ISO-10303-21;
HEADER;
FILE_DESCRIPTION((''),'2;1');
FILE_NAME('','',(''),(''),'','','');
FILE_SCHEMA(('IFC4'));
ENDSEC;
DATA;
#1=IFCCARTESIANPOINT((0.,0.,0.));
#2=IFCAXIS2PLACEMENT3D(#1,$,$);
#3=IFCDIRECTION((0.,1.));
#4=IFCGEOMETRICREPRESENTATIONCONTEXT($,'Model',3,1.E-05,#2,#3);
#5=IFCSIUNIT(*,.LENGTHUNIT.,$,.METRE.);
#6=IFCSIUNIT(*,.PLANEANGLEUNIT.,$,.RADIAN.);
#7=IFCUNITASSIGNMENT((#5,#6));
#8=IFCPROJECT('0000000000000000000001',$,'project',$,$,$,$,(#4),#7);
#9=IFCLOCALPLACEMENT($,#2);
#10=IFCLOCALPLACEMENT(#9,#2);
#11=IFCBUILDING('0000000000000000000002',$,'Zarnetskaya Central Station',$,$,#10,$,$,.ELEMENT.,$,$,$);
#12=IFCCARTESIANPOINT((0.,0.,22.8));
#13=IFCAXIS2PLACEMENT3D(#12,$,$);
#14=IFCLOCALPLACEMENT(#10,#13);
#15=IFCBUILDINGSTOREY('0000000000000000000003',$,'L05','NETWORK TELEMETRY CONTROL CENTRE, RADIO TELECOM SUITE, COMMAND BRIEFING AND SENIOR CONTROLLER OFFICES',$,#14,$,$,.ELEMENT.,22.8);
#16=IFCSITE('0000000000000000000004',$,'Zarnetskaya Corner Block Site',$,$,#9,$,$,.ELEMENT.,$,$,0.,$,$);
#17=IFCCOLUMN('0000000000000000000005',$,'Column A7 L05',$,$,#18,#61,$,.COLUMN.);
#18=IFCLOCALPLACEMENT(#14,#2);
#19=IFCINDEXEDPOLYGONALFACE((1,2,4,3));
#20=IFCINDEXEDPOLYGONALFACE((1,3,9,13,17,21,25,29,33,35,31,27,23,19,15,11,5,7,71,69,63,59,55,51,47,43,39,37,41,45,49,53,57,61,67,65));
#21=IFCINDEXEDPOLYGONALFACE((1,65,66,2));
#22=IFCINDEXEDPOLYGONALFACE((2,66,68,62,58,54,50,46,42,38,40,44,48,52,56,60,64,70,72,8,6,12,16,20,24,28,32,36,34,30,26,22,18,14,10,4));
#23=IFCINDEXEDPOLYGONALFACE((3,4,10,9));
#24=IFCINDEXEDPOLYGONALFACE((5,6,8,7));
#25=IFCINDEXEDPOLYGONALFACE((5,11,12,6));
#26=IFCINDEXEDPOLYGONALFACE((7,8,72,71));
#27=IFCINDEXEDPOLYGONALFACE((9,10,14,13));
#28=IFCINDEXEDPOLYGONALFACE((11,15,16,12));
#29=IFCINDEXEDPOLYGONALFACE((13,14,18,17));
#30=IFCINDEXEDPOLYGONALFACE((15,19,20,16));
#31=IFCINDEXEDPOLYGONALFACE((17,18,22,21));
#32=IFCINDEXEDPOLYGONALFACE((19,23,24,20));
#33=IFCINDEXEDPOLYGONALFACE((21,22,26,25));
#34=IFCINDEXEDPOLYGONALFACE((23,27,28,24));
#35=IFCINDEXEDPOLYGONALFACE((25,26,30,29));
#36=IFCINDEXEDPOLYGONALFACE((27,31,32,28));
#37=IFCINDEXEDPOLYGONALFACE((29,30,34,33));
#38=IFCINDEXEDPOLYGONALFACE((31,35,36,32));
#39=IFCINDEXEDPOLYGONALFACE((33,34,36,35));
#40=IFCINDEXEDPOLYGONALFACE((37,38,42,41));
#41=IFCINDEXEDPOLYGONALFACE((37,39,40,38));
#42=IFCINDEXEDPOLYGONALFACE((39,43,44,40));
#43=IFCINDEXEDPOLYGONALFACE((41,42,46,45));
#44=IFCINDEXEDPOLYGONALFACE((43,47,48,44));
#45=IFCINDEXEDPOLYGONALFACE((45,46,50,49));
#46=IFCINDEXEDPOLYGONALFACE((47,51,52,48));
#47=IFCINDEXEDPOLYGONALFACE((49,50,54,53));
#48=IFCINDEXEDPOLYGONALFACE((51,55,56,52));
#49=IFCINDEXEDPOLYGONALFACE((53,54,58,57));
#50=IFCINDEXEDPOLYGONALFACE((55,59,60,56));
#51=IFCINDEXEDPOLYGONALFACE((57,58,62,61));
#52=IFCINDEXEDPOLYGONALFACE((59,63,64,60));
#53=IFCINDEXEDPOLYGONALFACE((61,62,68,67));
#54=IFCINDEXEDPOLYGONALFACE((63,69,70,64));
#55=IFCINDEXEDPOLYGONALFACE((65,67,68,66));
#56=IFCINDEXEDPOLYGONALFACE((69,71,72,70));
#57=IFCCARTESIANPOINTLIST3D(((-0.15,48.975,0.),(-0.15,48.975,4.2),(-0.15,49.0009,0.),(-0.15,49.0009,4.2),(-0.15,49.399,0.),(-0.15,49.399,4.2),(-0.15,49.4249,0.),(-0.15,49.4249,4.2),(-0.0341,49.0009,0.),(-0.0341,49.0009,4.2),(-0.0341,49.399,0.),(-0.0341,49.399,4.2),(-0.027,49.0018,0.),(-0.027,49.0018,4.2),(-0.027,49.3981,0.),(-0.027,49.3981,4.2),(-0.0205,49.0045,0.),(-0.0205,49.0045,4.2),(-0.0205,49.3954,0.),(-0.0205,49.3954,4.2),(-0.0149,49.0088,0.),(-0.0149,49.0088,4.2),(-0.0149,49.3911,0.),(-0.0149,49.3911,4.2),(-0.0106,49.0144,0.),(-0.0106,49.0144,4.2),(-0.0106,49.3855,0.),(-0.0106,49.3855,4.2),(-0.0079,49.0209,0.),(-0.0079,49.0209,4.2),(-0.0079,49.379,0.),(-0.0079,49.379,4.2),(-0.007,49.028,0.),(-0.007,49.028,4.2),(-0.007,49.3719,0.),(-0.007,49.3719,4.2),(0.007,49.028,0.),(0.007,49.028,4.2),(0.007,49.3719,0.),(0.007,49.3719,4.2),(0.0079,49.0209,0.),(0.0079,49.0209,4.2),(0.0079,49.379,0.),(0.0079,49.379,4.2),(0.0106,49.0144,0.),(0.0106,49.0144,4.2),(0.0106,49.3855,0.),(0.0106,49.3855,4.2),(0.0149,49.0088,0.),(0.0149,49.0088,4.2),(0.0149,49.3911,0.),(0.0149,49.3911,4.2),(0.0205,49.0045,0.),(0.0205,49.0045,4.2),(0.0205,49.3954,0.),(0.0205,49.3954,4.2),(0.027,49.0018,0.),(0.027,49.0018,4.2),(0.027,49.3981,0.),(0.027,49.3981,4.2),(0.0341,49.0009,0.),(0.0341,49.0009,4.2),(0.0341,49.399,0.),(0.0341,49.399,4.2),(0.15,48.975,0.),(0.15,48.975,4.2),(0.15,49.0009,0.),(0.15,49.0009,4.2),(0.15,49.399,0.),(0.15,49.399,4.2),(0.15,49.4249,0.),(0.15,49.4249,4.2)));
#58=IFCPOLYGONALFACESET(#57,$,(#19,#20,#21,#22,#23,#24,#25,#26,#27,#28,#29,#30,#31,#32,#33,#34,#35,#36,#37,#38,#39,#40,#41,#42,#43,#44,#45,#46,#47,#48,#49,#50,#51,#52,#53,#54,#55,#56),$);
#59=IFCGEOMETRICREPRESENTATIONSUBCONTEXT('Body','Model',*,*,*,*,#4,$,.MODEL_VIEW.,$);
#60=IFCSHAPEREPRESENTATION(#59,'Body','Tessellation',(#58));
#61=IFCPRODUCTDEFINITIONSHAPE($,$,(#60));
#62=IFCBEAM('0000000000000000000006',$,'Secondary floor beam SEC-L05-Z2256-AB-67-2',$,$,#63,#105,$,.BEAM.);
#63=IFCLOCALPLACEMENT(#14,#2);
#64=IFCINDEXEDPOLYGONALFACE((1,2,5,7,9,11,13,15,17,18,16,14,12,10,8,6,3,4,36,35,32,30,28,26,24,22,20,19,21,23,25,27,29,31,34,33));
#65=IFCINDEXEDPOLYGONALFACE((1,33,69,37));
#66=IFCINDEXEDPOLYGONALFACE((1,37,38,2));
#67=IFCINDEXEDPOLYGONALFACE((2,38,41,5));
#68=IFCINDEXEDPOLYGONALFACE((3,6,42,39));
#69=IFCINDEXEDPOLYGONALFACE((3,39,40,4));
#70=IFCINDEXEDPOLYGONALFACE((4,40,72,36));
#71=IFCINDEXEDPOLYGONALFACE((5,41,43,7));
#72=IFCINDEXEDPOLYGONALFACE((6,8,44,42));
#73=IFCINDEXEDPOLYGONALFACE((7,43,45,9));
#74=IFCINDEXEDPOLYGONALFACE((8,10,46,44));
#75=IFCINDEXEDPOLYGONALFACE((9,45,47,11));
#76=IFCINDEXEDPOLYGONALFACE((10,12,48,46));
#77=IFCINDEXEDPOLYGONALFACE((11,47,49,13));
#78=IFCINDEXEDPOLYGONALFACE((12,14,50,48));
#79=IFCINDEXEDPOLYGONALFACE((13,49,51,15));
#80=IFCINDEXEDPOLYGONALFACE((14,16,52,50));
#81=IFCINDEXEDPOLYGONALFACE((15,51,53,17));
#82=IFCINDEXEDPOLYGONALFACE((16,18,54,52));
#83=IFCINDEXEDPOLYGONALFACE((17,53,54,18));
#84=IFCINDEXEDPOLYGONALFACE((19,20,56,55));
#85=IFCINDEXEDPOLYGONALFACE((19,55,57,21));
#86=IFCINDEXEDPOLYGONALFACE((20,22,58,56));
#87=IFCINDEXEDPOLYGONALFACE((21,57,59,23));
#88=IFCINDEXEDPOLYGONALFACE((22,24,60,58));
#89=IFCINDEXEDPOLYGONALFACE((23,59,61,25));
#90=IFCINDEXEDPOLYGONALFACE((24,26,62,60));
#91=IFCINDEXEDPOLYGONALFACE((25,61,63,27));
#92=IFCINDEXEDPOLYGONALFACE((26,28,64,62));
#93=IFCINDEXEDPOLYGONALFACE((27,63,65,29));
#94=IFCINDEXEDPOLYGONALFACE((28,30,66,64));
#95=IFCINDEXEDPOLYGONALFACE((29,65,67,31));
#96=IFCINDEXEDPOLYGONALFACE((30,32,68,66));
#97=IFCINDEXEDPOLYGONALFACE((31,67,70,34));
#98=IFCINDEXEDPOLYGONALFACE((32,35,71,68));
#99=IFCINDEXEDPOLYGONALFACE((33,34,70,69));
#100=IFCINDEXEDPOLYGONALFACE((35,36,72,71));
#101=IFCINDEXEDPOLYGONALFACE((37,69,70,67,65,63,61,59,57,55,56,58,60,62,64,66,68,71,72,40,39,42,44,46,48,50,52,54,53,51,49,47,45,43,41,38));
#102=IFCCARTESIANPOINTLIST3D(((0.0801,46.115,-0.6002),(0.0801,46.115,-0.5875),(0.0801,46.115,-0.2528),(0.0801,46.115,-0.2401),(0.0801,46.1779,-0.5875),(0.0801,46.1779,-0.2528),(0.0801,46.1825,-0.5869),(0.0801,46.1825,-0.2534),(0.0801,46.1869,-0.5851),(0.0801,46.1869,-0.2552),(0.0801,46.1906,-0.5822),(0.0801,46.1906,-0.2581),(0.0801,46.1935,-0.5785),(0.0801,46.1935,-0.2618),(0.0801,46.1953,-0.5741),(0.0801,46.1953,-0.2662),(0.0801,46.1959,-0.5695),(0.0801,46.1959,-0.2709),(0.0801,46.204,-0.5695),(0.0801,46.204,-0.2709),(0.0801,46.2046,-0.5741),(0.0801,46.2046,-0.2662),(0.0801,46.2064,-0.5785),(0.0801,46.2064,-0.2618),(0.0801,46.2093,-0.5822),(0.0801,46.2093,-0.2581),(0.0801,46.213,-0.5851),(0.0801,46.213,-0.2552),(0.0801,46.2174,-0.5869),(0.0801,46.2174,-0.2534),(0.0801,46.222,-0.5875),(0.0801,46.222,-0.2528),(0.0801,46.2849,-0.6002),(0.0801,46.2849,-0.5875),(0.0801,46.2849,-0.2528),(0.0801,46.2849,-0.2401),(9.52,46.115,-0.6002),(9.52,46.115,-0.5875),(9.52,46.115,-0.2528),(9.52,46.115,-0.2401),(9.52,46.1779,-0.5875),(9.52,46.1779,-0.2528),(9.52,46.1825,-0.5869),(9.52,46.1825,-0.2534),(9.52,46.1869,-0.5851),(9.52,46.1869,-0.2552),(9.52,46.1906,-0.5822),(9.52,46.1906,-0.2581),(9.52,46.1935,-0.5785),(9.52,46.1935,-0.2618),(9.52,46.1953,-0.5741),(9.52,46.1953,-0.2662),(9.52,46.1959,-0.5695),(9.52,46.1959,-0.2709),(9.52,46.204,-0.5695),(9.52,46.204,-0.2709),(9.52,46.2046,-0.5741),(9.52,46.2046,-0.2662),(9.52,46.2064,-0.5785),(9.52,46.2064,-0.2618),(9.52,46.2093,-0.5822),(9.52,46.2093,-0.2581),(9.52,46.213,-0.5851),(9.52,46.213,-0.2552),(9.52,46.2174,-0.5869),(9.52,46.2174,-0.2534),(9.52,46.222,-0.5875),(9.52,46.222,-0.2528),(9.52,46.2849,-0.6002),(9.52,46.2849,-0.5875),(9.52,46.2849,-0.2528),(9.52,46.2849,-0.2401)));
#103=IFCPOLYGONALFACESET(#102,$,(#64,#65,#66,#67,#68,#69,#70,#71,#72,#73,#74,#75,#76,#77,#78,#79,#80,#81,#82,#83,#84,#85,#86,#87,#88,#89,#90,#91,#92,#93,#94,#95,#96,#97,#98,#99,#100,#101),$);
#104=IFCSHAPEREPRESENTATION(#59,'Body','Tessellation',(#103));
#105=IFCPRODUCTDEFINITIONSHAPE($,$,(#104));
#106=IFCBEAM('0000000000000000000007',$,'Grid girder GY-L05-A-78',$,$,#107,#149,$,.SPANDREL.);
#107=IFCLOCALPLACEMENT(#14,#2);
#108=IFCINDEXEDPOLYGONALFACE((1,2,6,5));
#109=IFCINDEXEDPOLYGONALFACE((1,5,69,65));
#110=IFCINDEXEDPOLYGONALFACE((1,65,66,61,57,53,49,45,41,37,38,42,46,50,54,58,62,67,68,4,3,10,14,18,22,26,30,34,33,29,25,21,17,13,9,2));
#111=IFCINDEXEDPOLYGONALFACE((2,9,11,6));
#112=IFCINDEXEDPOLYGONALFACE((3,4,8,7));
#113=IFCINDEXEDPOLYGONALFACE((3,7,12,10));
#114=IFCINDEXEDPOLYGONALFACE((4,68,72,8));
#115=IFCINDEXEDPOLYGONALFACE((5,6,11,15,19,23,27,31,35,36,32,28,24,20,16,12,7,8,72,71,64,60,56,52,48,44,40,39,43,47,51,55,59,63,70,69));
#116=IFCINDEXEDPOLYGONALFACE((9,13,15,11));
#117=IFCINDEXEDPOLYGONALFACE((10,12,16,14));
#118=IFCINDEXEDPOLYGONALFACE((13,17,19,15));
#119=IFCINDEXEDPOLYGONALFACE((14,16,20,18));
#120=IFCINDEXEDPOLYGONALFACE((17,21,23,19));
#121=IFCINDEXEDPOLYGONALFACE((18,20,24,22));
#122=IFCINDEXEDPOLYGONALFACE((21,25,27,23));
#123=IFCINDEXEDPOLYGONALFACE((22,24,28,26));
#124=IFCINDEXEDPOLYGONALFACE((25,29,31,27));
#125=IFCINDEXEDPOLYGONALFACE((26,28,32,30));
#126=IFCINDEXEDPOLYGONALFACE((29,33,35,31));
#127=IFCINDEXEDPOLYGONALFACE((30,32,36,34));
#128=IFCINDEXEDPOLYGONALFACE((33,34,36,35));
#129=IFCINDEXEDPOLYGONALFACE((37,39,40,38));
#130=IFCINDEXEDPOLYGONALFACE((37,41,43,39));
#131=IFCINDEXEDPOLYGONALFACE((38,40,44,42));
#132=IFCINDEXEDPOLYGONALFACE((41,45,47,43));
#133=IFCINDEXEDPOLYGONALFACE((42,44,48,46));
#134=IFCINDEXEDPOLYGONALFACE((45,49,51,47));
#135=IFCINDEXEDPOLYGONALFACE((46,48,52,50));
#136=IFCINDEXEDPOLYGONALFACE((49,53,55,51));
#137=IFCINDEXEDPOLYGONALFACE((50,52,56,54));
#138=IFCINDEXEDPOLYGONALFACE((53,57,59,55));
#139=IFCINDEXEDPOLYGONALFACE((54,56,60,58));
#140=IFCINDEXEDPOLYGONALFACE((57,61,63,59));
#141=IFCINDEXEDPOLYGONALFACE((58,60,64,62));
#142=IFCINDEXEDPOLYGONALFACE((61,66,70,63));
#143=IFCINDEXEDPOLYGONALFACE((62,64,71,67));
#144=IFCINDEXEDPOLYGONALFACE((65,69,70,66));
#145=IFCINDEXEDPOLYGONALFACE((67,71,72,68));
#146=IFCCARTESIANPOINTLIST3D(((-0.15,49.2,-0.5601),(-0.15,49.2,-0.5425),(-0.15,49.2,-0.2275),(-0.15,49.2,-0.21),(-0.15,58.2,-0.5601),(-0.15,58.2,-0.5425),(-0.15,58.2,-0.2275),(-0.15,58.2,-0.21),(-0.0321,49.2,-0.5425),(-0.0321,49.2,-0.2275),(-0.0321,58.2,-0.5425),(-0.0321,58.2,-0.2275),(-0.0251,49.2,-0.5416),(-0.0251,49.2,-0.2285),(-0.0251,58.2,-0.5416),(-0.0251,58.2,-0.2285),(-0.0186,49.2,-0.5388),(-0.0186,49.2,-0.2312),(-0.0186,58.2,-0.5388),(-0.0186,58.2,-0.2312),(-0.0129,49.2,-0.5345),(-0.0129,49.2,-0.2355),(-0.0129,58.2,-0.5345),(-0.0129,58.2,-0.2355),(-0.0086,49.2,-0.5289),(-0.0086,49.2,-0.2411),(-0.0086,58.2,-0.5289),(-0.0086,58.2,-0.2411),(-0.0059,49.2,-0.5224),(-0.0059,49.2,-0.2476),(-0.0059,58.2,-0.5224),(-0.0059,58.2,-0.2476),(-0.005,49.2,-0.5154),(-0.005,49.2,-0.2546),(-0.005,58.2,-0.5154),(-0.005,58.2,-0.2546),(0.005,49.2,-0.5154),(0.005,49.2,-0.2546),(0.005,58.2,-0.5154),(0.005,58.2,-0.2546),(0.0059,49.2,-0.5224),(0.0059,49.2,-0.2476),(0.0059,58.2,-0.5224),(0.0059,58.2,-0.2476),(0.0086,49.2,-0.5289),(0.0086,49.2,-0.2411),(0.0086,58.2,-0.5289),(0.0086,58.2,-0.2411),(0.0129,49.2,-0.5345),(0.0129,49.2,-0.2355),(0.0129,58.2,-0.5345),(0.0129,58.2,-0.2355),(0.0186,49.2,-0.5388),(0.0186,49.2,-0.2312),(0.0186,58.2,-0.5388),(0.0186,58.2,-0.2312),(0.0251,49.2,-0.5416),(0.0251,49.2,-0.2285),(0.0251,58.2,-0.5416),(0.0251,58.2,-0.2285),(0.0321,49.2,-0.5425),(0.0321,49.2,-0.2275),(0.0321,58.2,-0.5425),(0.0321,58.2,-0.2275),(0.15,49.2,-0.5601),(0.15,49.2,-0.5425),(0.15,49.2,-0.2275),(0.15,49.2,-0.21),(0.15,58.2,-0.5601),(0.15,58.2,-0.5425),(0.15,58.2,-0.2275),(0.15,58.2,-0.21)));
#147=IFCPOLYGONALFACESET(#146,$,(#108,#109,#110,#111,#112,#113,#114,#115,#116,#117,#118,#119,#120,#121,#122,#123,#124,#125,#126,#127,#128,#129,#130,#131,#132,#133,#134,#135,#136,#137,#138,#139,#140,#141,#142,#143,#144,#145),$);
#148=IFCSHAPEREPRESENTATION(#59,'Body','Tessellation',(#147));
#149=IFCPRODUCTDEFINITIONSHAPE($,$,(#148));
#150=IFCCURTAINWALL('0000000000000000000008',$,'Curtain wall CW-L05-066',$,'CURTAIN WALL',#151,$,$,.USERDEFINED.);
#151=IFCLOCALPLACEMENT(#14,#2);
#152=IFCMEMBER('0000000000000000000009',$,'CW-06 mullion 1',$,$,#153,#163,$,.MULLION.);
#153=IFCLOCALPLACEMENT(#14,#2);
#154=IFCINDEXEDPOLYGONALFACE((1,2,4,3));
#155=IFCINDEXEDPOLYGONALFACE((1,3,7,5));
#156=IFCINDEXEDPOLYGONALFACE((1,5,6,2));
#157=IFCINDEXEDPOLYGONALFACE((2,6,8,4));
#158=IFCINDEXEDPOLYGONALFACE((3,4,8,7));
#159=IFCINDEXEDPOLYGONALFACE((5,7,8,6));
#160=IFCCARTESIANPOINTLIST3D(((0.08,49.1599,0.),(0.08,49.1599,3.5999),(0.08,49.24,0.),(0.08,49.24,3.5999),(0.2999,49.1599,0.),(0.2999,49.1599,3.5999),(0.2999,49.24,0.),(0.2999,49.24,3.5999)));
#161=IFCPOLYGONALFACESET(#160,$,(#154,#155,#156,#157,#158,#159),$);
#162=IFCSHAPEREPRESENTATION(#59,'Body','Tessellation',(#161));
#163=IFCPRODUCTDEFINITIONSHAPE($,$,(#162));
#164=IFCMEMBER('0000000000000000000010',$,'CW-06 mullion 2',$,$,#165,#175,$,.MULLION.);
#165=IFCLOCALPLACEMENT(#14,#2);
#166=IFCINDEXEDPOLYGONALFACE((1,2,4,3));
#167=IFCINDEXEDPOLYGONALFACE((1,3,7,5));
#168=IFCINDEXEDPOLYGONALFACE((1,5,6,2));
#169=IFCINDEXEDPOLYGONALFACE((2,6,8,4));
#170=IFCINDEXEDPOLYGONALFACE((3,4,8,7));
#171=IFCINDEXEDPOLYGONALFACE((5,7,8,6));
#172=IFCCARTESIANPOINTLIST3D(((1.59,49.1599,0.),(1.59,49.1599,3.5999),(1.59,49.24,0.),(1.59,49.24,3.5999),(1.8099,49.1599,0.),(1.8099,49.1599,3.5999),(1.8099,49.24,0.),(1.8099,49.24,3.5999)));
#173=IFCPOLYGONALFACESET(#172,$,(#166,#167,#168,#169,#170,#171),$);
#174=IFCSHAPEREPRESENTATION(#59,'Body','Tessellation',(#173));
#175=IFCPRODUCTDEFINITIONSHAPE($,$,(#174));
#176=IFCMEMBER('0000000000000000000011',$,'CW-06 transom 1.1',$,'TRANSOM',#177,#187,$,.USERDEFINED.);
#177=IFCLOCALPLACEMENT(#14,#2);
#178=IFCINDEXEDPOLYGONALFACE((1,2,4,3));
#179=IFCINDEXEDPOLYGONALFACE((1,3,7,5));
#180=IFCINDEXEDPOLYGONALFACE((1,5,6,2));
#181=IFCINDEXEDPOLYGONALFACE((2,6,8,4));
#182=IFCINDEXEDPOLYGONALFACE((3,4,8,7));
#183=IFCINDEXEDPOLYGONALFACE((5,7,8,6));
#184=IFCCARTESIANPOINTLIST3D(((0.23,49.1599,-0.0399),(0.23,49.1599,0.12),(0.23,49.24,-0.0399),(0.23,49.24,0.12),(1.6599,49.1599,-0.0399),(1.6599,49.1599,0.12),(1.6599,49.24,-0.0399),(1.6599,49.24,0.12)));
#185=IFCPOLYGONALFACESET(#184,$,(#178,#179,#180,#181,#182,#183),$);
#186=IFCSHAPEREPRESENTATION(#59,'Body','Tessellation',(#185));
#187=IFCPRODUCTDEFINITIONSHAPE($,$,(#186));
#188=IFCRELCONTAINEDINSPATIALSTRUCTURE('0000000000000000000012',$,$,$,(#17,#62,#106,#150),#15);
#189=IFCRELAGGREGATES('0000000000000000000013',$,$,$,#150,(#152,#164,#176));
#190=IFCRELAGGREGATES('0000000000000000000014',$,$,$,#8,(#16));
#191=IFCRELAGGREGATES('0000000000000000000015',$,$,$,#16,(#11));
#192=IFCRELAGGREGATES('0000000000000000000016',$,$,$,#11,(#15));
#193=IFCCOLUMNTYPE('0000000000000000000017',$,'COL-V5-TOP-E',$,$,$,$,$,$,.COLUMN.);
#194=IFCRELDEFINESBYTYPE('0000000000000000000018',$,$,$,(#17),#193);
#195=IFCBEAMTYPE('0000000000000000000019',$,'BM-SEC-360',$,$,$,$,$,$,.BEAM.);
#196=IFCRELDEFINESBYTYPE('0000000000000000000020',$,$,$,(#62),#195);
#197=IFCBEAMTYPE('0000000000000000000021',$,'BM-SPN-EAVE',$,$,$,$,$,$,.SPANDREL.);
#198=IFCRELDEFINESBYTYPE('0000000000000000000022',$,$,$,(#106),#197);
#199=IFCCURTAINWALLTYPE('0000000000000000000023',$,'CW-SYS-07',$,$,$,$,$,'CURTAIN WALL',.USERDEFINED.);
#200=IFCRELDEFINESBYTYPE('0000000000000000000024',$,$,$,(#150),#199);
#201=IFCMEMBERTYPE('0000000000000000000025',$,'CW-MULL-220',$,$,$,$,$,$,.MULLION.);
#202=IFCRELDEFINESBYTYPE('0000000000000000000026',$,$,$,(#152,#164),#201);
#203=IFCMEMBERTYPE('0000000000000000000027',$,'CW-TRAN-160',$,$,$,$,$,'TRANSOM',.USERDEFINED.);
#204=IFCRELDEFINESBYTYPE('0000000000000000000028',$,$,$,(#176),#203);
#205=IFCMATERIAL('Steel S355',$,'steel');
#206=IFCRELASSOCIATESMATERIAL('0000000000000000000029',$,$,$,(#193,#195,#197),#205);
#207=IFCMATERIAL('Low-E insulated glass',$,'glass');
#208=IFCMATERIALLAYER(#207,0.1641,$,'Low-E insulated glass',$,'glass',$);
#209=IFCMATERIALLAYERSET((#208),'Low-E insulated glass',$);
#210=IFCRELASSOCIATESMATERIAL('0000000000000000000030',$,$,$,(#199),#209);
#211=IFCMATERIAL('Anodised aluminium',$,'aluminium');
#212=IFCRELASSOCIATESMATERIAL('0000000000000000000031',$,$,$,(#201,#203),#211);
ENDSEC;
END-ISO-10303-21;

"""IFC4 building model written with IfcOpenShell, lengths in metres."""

from ifc_helpers import new_model, si_unit, direction, frame, origin, origin_2d, place, context, subcontext, project, spatial, rectangle, i_section, extrude, material, layer, layer_set, material_profile, profile_set, type_object, element, aggregate, save


model = new_model("IFC4")

# Units and contexts
model_context = context("Model", 3, precision=1e-05, world=origin(), true_north=direction((0.0, 1.0)))
body_context = subcontext(model_context, "Body", "Model", "MODEL_VIEW")
ifc_project = project(units=[si_unit("LENGTHUNIT", "METRE"), si_unit("PLANEANGLEUNIT", "RADIAN")], contexts=[model_context])

# Site, building, storey
site_placement = place(None, origin())
site = spatial("IfcSite", under=ifc_project, at=site_placement, Name="Zarnetskaya Corner Block Site", CompositionType="ELEMENT", RefElevation=0.0)
building_placement = place(site_placement, origin())
building = spatial("IfcBuilding", under=site, at=building_placement, Name="Zarnetskaya Central Station", CompositionType="ELEMENT")
storey_placement = place(building_placement, frame((0.0, 0.0, 22.8)))
storey = spatial("IfcBuildingStorey", under=building, at=storey_placement, Name="L05", Description="NETWORK TELEMETRY CONTROL CENTRE, RADIO TELECOM SUITE, COMMAND BRIEFING AND SENIOR CONTROLLER OFFICES", CompositionType="ELEMENT", Elevation=22.8)

# Column
ifc_material_1 = material(Name="Steel S355", Category="steel")
ifc_material_profile_1 = material_profile(ifc_material_1, i_section(OverallWidth=0.3, OverallDepth=0.45, WebThickness=0.0139, FlangeThickness=0.0259, FilletRadius=0.0271, at=origin_2d()), Name="HEB 450")
ifc_profile_set_1 = profile_set([ifc_material_profile_1], Name="Steel S355")
column_type = type_object("IfcColumnType", Name="COL-V5-TOP-E", PredefinedType="COLUMN", material=ifc_profile_set_1)
column_placement = place(storey_placement, frame((0.0, 49.2, 0.0), z_axis=(0.0, 0.0, 1.0), x_axis=(1.0, 0.0, 0.0)))
element("IfcColumn", 1, at=column_placement, inside=storey, type_object=column_type, Name="Column A7 L05", PredefinedType="COLUMN", context=body_context, shape_type="SweptSolid", body=[
    extrude(i_section(OverallWidth=0.3, OverallDepth=0.45, WebThickness=0.0139, FlangeThickness=0.0259, FilletRadius=0.0271, at=origin_2d()), origin(), (0.0, 0.0, 1.0), 4.2),
])

# Beams
ifc_material_profile_2 = material_profile(ifc_material_1, i_section(OverallWidth=0.1699, OverallDepth=0.3601, WebThickness=0.0081, FlangeThickness=0.0127, FilletRadius=0.0181, at=origin_2d()), Name="IPE 360")
ifc_profile_set_2 = profile_set([ifc_material_profile_2], Name="Steel S355")
beam_type_1 = type_object("IfcBeamType", Name="BM-SEC-360", PredefinedType="BEAM", material=ifc_profile_set_2)
beam_1_placement = place(storey_placement, frame((0.0801, 46.2, -0.4202), z_axis=(1.0, 0.0, 0.0), x_axis=(0.0, 1.0, 0.0)))
element("IfcBeam", 2, at=beam_1_placement, inside=storey, type_object=beam_type_1, Name="Secondary floor beam SEC-L05-Z2256-AB-67-2", PredefinedType="BEAM", context=body_context, shape_type="SweptSolid", body=[
    extrude(i_section(OverallWidth=0.1699, OverallDepth=0.3601, WebThickness=0.0081, FlangeThickness=0.0127, FilletRadius=0.0181, at=origin_2d()), origin(), (0.0, 0.0, 1.0), 9.4399),
])
ifc_material_profile_3 = material_profile(ifc_material_1, i_section(OverallWidth=0.3, OverallDepth=0.3501, WebThickness=0.01, FlangeThickness=0.0176, FilletRadius=0.0271, at=origin_2d()), Name="HEA 360")
ifc_profile_set_3 = profile_set([ifc_material_profile_3], Name="Steel S355")
beam_type_2 = type_object("IfcBeamType", Name="BM-SPN-EAVE", PredefinedType="SPANDREL", material=ifc_profile_set_3)
beam_2_placement = place(storey_placement, frame((0.0, 49.2, -0.385), z_axis=(0.0, 1.0, 0.0), x_axis=(-1.0, 0.0, 0.0)))
element("IfcBeam", 3, at=beam_2_placement, inside=storey, type_object=beam_type_2, Name="Grid girder GY-L05-A-78", PredefinedType="SPANDREL", context=body_context, shape_type="SweptSolid", body=[
    extrude(i_section(OverallWidth=0.3, OverallDepth=0.3501, WebThickness=0.01, FlangeThickness=0.0176, FilletRadius=0.0271, at=origin_2d()), origin(), (0.0, 0.0, 1.0), 9.0),
])

# Curtain wall, members
ifc_material_2 = material(Name="Low-E insulated glass", Category="glass")
ifc_layer_1 = layer(ifc_material_2, 0.1641, Name="Low-E insulated glass", Category="glass")
ifc_layer_set_1 = layer_set([ifc_layer_1], Name="Low-E insulated glass")
curtain_wall_type = type_object("IfcCurtainWallType", Name="CW-SYS-07", ElementType="CURTAIN WALL", PredefinedType="USERDEFINED", material=ifc_layer_set_1)
curtain_wall_placement = place(storey_placement, origin())
curtain_wall = element("IfcCurtainWall", 4, at=curtain_wall_placement, inside=storey, type_object=curtain_wall_type, Name="Curtain wall CW-L05-066", ObjectType="CURTAIN WALL", PredefinedType="USERDEFINED")
ifc_material_3 = material(Name="Anodised aluminium", Category="aluminium")
ifc_material_profile_4 = material_profile(ifc_material_3, rectangle(XDim=0.0801, YDim=0.22, at=origin_2d()), Name="ALU MULL 80x220")
ifc_profile_set_4 = profile_set([ifc_material_profile_4], Name="Anodised aluminium")
member_type_1 = type_object("IfcMemberType", Name="CW-MULL-220", PredefinedType="MULLION", material=ifc_profile_set_4)
member_1_placement = place(storey_placement, frame((0.1899, 49.2, 0.0), z_axis=(0.0, 0.0, 1.0), x_axis=(0.0, 1.0, 0.0)))
member_1 = element("IfcMember", 5, at=member_1_placement, type_object=member_type_1, Name="CW-06 mullion 1", PredefinedType="MULLION", context=body_context, shape_type="SweptSolid", body=[
    extrude(rectangle(XDim=0.0801, YDim=0.22, at=origin_2d()), origin(), (0.0, 0.0, 1.0), 3.5999),
])
member_2_placement = place(storey_placement, frame((1.7, 49.2, 0.0), z_axis=(0.0, 0.0, 1.0), x_axis=(0.0, 1.0, 0.0)))
member_2 = element("IfcMember", 6, at=member_2_placement, type_object=member_type_1, Name="CW-06 mullion 2", PredefinedType="MULLION", context=body_context, shape_type="SweptSolid", body=[
    extrude(rectangle(XDim=0.0801, YDim=0.22, at=origin_2d()), origin(), (0.0, 0.0, 1.0), 3.5999),
])
ifc_material_profile_5 = material_profile(ifc_material_3, rectangle(XDim=0.0801, YDim=0.1599, at=origin_2d()), Name="ALU TRAN 80x160")
ifc_profile_set_5 = profile_set([ifc_material_profile_5], Name="Anodised aluminium")
member_type_2 = type_object("IfcMemberType", Name="CW-TRAN-160", ElementType="TRANSOM", PredefinedType="USERDEFINED", material=ifc_profile_set_5)
member_3_placement = place(storey_placement, frame((0.23, 49.2, 0.04), z_axis=(1.0, 0.0, 0.0), x_axis=(0.0, 1.0, 0.0)))
member_3 = element("IfcMember", 7, at=member_3_placement, type_object=member_type_2, Name="CW-06 transom 1.1", ObjectType="TRANSOM", PredefinedType="USERDEFINED", context=body_context, shape_type="SweptSolid", body=[
    extrude(rectangle(XDim=0.0801, YDim=0.1599, at=origin_2d()), origin(), (0.0, 0.0, 1.0), 1.4299),
])

aggregate(curtain_wall, [member_1, member_2, member_3])

save(model, "model.ifc")
